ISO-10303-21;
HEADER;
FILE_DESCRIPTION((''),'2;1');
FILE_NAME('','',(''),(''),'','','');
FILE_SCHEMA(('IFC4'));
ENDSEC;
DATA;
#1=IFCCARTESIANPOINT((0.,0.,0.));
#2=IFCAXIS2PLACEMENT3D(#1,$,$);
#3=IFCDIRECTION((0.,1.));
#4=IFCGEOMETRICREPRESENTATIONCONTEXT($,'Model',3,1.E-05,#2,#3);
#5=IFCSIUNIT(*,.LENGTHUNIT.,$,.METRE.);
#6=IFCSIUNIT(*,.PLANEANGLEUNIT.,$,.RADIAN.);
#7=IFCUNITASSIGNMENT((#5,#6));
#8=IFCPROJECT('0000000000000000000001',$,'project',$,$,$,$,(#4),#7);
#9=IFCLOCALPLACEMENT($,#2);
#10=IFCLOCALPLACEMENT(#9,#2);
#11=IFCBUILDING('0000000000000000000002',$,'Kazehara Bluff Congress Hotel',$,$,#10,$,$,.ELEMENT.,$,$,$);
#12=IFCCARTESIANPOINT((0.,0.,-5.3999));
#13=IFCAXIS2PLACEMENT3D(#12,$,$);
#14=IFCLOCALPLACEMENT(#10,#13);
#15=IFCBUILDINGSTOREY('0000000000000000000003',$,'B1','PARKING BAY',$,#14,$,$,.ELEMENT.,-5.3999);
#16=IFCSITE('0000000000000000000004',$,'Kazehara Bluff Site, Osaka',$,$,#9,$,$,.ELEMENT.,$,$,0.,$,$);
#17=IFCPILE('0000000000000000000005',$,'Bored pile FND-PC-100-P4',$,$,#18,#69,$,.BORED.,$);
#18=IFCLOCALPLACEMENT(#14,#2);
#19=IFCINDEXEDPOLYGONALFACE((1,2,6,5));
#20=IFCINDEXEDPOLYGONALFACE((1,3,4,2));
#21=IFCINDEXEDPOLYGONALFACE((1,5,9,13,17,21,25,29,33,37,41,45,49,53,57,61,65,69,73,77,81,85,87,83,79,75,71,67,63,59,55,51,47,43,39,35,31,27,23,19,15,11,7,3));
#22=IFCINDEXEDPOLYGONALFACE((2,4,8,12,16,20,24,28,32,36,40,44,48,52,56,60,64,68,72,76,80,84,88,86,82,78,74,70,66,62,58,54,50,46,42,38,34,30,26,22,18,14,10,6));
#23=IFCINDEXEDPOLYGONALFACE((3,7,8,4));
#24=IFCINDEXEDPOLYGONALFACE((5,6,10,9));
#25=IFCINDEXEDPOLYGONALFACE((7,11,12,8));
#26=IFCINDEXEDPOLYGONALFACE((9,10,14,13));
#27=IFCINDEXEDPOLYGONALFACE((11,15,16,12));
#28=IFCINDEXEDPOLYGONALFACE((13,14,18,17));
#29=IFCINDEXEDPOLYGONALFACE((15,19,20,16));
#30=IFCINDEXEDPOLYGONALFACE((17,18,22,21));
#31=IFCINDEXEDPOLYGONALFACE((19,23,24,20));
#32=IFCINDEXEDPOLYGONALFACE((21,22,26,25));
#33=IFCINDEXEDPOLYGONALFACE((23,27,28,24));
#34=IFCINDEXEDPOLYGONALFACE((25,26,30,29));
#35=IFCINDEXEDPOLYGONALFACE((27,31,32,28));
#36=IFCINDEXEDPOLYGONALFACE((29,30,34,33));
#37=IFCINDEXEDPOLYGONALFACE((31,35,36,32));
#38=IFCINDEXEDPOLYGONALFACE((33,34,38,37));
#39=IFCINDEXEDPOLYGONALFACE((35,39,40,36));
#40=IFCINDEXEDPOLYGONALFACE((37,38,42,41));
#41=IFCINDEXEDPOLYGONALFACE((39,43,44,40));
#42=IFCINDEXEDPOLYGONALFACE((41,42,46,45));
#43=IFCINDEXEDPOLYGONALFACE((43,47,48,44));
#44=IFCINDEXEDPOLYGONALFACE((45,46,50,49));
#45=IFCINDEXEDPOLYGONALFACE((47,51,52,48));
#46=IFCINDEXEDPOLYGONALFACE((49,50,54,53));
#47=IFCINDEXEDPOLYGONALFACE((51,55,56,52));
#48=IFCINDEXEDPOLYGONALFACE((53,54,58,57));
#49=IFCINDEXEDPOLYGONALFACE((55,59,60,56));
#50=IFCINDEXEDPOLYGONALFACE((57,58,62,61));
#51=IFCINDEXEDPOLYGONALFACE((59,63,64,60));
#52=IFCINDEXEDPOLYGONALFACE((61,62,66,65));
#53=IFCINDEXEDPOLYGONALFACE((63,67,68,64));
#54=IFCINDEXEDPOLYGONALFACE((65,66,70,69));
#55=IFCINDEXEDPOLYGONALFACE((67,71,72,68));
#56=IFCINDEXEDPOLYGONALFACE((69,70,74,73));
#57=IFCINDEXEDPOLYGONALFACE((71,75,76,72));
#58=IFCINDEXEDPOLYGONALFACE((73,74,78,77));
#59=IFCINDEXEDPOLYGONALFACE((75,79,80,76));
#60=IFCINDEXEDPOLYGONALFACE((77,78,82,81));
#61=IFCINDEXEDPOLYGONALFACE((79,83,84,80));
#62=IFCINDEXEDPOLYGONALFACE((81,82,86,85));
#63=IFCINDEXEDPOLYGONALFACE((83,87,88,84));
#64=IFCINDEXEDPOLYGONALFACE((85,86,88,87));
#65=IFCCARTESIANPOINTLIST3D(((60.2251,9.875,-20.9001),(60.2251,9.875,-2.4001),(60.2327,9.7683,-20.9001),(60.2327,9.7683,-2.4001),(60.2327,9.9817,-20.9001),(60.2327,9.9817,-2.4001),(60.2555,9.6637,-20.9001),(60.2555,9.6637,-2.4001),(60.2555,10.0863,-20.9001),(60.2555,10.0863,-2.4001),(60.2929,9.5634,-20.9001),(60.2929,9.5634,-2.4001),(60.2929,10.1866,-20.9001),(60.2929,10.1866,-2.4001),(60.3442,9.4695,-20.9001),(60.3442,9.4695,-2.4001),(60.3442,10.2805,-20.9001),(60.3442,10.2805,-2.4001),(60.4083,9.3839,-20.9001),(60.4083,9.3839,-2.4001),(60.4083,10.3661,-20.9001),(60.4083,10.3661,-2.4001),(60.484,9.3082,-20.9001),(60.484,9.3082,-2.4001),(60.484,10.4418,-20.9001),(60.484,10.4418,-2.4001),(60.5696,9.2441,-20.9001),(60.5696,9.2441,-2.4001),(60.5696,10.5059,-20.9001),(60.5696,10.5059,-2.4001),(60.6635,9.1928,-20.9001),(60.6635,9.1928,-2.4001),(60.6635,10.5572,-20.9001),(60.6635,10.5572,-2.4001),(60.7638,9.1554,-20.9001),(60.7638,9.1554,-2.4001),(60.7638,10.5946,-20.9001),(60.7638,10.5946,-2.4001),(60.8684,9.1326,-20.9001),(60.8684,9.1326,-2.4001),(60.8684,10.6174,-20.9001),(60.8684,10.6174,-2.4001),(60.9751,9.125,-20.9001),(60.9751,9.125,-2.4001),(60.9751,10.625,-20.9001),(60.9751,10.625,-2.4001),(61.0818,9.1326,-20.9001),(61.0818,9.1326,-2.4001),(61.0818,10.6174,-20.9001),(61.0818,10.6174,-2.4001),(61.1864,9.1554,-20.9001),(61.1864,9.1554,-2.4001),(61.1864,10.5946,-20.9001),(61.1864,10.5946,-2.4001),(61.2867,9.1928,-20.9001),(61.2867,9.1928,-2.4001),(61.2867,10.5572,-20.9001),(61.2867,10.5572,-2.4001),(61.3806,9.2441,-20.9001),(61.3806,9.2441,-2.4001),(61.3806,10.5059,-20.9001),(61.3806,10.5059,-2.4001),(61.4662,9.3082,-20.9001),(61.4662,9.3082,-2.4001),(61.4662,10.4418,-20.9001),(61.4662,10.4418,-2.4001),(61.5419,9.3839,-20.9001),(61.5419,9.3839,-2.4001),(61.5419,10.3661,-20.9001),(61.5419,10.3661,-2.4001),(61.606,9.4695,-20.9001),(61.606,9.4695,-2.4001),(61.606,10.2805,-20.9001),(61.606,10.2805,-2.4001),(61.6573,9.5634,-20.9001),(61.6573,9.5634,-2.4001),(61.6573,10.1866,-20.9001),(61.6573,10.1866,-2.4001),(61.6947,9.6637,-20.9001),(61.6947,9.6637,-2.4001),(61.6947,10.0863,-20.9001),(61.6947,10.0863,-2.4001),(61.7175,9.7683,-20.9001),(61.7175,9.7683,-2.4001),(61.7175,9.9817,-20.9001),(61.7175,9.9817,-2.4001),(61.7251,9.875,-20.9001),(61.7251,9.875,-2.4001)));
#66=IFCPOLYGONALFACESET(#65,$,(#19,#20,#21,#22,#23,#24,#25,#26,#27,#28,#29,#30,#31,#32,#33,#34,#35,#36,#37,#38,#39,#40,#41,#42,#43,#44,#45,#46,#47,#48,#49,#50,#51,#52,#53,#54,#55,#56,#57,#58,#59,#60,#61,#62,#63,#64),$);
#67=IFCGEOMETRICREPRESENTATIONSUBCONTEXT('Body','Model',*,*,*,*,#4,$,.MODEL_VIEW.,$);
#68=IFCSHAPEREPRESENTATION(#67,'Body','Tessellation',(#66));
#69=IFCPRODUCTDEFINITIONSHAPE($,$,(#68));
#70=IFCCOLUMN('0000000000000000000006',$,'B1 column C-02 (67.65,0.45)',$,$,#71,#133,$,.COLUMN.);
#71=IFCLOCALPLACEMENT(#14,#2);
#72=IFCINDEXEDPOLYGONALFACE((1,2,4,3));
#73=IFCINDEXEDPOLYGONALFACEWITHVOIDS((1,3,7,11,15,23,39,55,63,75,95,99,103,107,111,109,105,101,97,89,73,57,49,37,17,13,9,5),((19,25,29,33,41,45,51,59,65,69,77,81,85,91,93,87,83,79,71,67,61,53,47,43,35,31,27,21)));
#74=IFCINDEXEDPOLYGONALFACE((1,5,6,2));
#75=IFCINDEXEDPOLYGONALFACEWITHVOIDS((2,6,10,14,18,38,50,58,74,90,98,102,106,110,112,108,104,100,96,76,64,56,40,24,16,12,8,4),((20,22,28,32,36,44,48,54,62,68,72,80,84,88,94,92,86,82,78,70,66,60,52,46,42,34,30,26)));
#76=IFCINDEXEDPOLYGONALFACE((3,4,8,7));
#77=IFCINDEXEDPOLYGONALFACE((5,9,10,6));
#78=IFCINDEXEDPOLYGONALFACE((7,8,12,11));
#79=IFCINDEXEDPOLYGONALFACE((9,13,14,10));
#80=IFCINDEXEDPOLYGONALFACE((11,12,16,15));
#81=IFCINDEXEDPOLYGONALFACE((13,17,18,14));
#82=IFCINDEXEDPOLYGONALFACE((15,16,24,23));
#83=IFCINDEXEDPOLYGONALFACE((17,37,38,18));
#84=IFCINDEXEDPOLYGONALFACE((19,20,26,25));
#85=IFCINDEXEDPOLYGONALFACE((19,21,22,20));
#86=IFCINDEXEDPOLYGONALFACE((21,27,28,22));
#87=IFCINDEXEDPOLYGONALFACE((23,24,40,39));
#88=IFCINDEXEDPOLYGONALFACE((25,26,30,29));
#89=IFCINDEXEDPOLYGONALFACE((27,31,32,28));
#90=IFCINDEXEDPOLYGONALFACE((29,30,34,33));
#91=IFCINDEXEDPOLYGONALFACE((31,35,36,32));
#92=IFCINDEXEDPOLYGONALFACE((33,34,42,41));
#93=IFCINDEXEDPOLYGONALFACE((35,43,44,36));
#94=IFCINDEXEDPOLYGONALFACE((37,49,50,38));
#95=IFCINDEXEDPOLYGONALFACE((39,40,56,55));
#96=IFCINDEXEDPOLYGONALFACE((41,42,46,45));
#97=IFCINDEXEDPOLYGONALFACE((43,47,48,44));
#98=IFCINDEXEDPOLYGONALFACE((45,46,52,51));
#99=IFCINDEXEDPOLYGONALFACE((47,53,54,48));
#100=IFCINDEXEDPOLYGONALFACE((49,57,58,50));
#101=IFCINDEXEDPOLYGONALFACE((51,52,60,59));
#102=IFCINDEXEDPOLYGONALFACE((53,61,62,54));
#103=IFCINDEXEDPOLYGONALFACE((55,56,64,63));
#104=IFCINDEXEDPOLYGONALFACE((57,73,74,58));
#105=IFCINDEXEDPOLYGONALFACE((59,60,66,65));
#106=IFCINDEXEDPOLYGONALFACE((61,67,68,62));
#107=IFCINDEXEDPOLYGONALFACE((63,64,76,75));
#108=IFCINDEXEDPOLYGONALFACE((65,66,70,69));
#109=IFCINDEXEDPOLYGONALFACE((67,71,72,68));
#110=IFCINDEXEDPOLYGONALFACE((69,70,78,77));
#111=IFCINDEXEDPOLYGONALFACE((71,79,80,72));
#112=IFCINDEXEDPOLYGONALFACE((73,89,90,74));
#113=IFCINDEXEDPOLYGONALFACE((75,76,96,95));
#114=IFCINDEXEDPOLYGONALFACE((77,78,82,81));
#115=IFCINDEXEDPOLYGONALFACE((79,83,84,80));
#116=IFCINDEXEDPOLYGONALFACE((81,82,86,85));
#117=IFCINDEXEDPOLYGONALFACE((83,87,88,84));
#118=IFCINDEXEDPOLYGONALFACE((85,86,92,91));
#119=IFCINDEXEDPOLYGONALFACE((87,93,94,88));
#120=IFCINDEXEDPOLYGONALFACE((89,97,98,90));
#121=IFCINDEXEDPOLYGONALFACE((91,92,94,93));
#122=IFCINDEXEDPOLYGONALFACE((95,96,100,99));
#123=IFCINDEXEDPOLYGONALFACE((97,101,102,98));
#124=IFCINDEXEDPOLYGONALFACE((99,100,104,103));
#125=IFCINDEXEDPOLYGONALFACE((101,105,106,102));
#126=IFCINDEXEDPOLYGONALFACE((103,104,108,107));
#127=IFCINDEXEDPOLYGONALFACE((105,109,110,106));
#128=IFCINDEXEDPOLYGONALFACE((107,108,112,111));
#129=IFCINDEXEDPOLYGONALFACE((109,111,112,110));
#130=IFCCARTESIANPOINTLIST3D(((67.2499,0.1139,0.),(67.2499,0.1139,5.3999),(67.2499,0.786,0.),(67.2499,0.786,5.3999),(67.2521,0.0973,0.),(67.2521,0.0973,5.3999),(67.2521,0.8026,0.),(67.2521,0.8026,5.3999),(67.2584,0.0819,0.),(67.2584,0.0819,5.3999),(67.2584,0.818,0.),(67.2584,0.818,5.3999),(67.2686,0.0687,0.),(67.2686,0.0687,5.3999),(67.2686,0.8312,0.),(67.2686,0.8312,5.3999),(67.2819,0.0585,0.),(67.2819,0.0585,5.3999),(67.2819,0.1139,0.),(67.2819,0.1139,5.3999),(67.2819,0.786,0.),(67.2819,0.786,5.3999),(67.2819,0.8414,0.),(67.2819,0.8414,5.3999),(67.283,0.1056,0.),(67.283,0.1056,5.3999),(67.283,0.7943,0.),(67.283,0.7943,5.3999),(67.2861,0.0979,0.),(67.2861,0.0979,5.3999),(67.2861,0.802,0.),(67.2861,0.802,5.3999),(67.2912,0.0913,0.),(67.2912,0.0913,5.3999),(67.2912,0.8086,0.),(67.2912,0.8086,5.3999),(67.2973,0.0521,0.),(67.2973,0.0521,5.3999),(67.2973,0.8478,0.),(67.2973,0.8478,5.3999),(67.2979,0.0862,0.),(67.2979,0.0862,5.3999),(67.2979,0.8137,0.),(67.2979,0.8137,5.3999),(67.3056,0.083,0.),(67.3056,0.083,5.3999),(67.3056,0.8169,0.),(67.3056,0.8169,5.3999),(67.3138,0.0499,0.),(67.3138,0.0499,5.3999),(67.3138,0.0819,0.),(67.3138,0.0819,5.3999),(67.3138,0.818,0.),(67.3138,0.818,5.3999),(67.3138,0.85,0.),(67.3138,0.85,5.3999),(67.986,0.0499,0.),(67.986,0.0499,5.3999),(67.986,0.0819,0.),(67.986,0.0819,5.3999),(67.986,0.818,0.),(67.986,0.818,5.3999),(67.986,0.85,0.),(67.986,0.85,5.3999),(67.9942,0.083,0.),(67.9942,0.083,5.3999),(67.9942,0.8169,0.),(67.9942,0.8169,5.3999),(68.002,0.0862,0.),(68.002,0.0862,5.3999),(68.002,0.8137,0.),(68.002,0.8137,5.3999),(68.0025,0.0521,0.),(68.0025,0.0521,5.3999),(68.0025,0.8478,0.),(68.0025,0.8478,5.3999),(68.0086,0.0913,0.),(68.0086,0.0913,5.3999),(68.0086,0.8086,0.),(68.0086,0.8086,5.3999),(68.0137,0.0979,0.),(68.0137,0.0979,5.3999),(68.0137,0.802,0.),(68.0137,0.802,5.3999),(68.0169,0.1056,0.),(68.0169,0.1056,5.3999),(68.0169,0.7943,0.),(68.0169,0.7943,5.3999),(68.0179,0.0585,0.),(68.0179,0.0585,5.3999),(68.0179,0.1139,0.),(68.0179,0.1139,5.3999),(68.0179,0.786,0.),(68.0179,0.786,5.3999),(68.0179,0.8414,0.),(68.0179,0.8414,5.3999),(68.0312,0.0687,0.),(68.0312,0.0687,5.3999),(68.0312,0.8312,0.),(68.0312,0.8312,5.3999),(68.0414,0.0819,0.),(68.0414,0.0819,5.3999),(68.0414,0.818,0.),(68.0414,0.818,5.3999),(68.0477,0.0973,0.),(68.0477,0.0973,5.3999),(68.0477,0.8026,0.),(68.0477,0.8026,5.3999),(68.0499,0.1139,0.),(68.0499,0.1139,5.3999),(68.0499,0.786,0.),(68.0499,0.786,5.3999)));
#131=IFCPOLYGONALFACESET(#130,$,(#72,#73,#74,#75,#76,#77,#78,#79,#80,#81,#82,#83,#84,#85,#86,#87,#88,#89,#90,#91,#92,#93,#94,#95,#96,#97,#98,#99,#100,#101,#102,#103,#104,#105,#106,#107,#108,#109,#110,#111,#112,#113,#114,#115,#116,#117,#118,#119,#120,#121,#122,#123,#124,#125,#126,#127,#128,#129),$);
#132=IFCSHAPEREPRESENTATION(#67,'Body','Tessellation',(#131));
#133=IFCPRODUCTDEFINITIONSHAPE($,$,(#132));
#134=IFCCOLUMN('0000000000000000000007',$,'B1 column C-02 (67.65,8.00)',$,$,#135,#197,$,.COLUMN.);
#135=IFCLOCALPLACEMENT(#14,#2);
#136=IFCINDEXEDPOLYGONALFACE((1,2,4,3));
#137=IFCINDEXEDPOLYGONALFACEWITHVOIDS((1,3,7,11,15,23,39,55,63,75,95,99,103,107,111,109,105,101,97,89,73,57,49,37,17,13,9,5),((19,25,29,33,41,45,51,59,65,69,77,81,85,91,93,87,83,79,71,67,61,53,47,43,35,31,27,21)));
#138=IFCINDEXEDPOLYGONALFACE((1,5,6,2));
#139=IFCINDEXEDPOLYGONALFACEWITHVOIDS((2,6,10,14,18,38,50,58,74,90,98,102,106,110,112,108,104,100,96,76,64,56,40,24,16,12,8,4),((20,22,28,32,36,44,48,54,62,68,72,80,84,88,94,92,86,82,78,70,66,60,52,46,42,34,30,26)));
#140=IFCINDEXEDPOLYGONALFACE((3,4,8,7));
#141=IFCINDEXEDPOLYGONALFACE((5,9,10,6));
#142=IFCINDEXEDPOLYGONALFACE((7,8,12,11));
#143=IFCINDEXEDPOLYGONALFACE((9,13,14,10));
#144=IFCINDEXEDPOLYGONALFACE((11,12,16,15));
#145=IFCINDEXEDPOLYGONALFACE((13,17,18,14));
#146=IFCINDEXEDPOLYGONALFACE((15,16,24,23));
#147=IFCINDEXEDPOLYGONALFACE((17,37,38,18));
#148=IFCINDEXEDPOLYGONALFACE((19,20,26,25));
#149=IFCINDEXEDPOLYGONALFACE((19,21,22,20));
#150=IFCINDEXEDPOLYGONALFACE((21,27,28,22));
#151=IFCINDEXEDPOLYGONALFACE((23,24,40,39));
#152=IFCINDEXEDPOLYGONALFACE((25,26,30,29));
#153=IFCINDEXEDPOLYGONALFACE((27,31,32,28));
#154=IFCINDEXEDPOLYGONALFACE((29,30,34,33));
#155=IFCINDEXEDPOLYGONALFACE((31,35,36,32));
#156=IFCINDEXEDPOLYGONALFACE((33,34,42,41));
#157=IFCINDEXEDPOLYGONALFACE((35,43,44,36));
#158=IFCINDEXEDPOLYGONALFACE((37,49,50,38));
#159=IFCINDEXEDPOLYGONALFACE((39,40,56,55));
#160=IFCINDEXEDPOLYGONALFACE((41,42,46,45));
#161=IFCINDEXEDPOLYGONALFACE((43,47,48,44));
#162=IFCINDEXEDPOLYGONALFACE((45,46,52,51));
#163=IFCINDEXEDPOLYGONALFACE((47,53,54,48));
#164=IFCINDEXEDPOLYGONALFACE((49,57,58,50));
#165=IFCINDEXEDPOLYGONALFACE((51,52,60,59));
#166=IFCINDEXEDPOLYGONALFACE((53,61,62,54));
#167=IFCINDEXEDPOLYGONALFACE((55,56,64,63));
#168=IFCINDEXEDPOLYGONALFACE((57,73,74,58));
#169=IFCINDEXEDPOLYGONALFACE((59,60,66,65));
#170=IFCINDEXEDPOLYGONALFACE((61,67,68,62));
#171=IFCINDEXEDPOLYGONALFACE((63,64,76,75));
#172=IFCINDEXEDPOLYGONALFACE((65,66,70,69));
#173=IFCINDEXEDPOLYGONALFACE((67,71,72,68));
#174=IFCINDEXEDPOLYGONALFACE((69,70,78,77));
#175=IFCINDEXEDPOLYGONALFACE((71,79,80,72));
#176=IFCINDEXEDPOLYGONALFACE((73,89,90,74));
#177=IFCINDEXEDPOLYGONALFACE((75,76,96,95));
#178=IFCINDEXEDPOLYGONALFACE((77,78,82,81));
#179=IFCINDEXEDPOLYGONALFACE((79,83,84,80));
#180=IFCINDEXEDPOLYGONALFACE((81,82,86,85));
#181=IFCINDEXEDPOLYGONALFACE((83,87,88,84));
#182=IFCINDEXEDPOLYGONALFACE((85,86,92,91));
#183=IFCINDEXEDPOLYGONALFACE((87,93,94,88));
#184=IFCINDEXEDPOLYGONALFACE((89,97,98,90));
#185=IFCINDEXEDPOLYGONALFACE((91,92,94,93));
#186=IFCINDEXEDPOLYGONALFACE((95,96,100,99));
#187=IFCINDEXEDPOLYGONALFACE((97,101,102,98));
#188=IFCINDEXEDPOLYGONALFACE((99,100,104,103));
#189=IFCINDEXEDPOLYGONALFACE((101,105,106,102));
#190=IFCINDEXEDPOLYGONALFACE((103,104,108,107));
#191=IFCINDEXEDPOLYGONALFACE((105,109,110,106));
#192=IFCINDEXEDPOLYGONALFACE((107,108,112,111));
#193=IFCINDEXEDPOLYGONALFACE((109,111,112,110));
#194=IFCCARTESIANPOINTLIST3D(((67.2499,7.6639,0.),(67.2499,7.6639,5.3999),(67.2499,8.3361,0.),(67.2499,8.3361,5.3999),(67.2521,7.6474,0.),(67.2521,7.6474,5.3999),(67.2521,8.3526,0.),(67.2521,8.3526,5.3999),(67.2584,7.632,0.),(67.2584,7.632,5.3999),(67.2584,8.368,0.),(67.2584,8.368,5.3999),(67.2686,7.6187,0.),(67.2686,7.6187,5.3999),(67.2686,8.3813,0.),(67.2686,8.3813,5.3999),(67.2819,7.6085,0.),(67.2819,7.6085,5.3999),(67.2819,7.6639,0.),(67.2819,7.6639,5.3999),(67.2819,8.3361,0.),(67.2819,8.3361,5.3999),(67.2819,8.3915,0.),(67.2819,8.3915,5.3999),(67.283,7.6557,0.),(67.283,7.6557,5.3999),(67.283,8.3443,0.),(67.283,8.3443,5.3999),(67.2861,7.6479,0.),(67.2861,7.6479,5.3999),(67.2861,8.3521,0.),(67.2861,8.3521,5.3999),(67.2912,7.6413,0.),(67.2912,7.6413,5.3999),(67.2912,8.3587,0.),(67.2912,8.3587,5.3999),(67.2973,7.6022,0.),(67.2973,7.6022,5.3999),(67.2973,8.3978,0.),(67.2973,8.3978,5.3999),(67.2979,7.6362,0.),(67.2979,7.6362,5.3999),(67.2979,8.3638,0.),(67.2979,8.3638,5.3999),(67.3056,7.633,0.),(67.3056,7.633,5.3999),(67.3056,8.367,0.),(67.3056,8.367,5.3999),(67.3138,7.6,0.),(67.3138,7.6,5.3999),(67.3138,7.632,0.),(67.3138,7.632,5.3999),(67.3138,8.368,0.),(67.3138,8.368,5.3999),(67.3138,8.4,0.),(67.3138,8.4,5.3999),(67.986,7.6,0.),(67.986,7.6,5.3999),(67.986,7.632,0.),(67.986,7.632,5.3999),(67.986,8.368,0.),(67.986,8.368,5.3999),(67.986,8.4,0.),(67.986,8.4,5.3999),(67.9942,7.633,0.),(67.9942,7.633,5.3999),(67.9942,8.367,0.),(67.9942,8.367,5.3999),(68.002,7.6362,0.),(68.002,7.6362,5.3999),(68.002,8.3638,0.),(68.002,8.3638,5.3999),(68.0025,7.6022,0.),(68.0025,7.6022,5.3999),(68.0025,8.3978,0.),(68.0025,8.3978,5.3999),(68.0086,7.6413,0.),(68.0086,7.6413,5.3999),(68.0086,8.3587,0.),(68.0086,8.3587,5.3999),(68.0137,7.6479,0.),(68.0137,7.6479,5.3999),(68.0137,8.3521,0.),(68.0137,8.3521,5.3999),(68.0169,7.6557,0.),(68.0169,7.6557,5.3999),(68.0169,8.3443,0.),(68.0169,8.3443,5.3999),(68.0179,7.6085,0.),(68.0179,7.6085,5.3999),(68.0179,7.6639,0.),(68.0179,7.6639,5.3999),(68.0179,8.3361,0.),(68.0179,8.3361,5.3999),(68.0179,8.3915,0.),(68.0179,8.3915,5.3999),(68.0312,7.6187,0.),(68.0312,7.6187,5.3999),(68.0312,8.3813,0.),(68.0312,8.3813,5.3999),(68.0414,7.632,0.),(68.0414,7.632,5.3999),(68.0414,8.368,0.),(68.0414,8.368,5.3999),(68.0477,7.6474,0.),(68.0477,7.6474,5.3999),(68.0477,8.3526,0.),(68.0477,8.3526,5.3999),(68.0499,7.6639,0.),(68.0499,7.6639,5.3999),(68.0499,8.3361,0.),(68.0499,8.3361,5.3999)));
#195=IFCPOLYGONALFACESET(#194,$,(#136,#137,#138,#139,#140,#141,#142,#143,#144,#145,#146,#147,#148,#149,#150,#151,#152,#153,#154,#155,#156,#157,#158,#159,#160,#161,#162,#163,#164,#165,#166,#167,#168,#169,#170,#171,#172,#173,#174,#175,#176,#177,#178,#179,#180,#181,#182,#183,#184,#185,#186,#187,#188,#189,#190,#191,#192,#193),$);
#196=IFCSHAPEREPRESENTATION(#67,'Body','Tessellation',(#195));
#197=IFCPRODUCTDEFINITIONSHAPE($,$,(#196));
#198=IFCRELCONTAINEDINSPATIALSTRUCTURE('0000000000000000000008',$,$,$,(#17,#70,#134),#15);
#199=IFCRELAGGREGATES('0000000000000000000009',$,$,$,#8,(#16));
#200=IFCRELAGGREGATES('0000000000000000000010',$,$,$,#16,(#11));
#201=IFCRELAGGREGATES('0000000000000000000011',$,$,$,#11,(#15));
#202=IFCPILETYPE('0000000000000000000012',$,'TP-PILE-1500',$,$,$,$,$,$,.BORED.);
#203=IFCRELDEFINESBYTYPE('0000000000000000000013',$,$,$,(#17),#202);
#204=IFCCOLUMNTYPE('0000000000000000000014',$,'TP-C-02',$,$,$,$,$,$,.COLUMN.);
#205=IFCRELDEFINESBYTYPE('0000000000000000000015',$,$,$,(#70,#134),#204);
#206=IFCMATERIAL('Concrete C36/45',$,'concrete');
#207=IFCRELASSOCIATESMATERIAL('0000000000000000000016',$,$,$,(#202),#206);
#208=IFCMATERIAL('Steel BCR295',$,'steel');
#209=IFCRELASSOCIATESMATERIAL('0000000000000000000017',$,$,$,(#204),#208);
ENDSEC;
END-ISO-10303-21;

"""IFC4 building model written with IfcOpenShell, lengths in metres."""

from ifc_helpers import new_model, si_unit, direction, frame, origin, origin_2d, place, context, subcontext, project, spatial, hollow_rectangle, circle, extrude, material, material_profile, profile_set, type_object, element, save


model = new_model("IFC4")

# Units and contexts
model_context = context("Model", 3, precision=1e-05, world=origin(), true_north=direction((0.0, 1.0)))
body_context = subcontext(model_context, "Body", "Model", "MODEL_VIEW")
ifc_project = project(units=[si_unit("LENGTHUNIT", "METRE"), si_unit("PLANEANGLEUNIT", "RADIAN")], contexts=[model_context])

# Site, building, storey
site_placement = place(None, origin())
site = spatial("IfcSite", under=ifc_project, at=site_placement, Name="Kazehara Bluff Site, Osaka", CompositionType="ELEMENT", RefElevation=0.0)
building_placement = place(site_placement, origin())
building = spatial("IfcBuilding", under=site, at=building_placement, Name="Kazehara Bluff Congress Hotel", CompositionType="ELEMENT")
storey_placement = place(building_placement, frame((0.0, 0.0, -5.3999)))
storey = spatial("IfcBuildingStorey", under=building, at=storey_placement, Name="B1", Description="PARKING BAY", CompositionType="ELEMENT", Elevation=-5.3999)

# Pile
ifc_material_1 = material(Name="Concrete C36/45", Category="concrete")
ifc_material_profile_1 = material_profile(ifc_material_1, circle(Radius=0.75, at=origin_2d()))
ifc_profile_set_1 = profile_set([ifc_material_profile_1], Name="Concrete C36/45")
pile_type_1 = type_object("IfcPileType", Name="TP-PILE-1500", PredefinedType="BORED", material=ifc_profile_set_1)
for number, where, z_axis, x_axis, name in (
    (1, (60.9751, 9.875, -2.4001), (0.0, 0.0, -1.0), (1.0, 0.0, 0.0), "Bored pile FND-PC-100-P4"),
):
    element("IfcPile", number, at=place(storey_placement, frame(where, z_axis=z_axis, x_axis=x_axis)), inside=storey, type_object=pile_type_1, Name=name, PredefinedType="BORED", context=body_context, shape_type="SweptSolid", body=[
        extrude(circle(Radius=0.75, at=origin_2d()), origin(), (0.0, 0.0, 1.0), 18.5),
    ])

# Columns
ifc_material_2 = material(Name="Steel BCR295", Category="steel")
ifc_material_profile_2 = material_profile(ifc_material_2, hollow_rectangle(XDim=0.8, YDim=0.8, WallThickness=0.032, InnerFilletRadius=0.032, OuterFilletRadius=0.064, at=origin_2d()))
ifc_profile_set_2 = profile_set([ifc_material_profile_2], Name="Steel BCR295")
column_type = type_object("IfcColumnType", Name="TP-C-02", PredefinedType="COLUMN", material=ifc_profile_set_2)
for number, where, z_axis, x_axis, name in (
    (2, (67.6499, 0.45, 0.0), (0.0, 0.0, 1.0), (1.0, 0.0, 0.0), "B1 column C-02 (67.65,0.45)"),
    (3, (67.6499, 8.0, 0.0), (0.0, 0.0, 1.0), (1.0, 0.0, 0.0), "B1 column C-02 (67.65,8.00)"),
):
    element("IfcColumn", number, at=place(storey_placement, frame(where, z_axis=z_axis, x_axis=x_axis)), inside=storey, type_object=column_type, Name=name, PredefinedType="COLUMN", context=body_context, shape_type="SweptSolid", body=[
        extrude(hollow_rectangle(XDim=0.8, YDim=0.8, WallThickness=0.032, InnerFilletRadius=0.032, OuterFilletRadius=0.064, at=origin_2d()), origin(), (0.0, 0.0, 1.0), 5.3999),
    ])

save(model, "model.ifc")
